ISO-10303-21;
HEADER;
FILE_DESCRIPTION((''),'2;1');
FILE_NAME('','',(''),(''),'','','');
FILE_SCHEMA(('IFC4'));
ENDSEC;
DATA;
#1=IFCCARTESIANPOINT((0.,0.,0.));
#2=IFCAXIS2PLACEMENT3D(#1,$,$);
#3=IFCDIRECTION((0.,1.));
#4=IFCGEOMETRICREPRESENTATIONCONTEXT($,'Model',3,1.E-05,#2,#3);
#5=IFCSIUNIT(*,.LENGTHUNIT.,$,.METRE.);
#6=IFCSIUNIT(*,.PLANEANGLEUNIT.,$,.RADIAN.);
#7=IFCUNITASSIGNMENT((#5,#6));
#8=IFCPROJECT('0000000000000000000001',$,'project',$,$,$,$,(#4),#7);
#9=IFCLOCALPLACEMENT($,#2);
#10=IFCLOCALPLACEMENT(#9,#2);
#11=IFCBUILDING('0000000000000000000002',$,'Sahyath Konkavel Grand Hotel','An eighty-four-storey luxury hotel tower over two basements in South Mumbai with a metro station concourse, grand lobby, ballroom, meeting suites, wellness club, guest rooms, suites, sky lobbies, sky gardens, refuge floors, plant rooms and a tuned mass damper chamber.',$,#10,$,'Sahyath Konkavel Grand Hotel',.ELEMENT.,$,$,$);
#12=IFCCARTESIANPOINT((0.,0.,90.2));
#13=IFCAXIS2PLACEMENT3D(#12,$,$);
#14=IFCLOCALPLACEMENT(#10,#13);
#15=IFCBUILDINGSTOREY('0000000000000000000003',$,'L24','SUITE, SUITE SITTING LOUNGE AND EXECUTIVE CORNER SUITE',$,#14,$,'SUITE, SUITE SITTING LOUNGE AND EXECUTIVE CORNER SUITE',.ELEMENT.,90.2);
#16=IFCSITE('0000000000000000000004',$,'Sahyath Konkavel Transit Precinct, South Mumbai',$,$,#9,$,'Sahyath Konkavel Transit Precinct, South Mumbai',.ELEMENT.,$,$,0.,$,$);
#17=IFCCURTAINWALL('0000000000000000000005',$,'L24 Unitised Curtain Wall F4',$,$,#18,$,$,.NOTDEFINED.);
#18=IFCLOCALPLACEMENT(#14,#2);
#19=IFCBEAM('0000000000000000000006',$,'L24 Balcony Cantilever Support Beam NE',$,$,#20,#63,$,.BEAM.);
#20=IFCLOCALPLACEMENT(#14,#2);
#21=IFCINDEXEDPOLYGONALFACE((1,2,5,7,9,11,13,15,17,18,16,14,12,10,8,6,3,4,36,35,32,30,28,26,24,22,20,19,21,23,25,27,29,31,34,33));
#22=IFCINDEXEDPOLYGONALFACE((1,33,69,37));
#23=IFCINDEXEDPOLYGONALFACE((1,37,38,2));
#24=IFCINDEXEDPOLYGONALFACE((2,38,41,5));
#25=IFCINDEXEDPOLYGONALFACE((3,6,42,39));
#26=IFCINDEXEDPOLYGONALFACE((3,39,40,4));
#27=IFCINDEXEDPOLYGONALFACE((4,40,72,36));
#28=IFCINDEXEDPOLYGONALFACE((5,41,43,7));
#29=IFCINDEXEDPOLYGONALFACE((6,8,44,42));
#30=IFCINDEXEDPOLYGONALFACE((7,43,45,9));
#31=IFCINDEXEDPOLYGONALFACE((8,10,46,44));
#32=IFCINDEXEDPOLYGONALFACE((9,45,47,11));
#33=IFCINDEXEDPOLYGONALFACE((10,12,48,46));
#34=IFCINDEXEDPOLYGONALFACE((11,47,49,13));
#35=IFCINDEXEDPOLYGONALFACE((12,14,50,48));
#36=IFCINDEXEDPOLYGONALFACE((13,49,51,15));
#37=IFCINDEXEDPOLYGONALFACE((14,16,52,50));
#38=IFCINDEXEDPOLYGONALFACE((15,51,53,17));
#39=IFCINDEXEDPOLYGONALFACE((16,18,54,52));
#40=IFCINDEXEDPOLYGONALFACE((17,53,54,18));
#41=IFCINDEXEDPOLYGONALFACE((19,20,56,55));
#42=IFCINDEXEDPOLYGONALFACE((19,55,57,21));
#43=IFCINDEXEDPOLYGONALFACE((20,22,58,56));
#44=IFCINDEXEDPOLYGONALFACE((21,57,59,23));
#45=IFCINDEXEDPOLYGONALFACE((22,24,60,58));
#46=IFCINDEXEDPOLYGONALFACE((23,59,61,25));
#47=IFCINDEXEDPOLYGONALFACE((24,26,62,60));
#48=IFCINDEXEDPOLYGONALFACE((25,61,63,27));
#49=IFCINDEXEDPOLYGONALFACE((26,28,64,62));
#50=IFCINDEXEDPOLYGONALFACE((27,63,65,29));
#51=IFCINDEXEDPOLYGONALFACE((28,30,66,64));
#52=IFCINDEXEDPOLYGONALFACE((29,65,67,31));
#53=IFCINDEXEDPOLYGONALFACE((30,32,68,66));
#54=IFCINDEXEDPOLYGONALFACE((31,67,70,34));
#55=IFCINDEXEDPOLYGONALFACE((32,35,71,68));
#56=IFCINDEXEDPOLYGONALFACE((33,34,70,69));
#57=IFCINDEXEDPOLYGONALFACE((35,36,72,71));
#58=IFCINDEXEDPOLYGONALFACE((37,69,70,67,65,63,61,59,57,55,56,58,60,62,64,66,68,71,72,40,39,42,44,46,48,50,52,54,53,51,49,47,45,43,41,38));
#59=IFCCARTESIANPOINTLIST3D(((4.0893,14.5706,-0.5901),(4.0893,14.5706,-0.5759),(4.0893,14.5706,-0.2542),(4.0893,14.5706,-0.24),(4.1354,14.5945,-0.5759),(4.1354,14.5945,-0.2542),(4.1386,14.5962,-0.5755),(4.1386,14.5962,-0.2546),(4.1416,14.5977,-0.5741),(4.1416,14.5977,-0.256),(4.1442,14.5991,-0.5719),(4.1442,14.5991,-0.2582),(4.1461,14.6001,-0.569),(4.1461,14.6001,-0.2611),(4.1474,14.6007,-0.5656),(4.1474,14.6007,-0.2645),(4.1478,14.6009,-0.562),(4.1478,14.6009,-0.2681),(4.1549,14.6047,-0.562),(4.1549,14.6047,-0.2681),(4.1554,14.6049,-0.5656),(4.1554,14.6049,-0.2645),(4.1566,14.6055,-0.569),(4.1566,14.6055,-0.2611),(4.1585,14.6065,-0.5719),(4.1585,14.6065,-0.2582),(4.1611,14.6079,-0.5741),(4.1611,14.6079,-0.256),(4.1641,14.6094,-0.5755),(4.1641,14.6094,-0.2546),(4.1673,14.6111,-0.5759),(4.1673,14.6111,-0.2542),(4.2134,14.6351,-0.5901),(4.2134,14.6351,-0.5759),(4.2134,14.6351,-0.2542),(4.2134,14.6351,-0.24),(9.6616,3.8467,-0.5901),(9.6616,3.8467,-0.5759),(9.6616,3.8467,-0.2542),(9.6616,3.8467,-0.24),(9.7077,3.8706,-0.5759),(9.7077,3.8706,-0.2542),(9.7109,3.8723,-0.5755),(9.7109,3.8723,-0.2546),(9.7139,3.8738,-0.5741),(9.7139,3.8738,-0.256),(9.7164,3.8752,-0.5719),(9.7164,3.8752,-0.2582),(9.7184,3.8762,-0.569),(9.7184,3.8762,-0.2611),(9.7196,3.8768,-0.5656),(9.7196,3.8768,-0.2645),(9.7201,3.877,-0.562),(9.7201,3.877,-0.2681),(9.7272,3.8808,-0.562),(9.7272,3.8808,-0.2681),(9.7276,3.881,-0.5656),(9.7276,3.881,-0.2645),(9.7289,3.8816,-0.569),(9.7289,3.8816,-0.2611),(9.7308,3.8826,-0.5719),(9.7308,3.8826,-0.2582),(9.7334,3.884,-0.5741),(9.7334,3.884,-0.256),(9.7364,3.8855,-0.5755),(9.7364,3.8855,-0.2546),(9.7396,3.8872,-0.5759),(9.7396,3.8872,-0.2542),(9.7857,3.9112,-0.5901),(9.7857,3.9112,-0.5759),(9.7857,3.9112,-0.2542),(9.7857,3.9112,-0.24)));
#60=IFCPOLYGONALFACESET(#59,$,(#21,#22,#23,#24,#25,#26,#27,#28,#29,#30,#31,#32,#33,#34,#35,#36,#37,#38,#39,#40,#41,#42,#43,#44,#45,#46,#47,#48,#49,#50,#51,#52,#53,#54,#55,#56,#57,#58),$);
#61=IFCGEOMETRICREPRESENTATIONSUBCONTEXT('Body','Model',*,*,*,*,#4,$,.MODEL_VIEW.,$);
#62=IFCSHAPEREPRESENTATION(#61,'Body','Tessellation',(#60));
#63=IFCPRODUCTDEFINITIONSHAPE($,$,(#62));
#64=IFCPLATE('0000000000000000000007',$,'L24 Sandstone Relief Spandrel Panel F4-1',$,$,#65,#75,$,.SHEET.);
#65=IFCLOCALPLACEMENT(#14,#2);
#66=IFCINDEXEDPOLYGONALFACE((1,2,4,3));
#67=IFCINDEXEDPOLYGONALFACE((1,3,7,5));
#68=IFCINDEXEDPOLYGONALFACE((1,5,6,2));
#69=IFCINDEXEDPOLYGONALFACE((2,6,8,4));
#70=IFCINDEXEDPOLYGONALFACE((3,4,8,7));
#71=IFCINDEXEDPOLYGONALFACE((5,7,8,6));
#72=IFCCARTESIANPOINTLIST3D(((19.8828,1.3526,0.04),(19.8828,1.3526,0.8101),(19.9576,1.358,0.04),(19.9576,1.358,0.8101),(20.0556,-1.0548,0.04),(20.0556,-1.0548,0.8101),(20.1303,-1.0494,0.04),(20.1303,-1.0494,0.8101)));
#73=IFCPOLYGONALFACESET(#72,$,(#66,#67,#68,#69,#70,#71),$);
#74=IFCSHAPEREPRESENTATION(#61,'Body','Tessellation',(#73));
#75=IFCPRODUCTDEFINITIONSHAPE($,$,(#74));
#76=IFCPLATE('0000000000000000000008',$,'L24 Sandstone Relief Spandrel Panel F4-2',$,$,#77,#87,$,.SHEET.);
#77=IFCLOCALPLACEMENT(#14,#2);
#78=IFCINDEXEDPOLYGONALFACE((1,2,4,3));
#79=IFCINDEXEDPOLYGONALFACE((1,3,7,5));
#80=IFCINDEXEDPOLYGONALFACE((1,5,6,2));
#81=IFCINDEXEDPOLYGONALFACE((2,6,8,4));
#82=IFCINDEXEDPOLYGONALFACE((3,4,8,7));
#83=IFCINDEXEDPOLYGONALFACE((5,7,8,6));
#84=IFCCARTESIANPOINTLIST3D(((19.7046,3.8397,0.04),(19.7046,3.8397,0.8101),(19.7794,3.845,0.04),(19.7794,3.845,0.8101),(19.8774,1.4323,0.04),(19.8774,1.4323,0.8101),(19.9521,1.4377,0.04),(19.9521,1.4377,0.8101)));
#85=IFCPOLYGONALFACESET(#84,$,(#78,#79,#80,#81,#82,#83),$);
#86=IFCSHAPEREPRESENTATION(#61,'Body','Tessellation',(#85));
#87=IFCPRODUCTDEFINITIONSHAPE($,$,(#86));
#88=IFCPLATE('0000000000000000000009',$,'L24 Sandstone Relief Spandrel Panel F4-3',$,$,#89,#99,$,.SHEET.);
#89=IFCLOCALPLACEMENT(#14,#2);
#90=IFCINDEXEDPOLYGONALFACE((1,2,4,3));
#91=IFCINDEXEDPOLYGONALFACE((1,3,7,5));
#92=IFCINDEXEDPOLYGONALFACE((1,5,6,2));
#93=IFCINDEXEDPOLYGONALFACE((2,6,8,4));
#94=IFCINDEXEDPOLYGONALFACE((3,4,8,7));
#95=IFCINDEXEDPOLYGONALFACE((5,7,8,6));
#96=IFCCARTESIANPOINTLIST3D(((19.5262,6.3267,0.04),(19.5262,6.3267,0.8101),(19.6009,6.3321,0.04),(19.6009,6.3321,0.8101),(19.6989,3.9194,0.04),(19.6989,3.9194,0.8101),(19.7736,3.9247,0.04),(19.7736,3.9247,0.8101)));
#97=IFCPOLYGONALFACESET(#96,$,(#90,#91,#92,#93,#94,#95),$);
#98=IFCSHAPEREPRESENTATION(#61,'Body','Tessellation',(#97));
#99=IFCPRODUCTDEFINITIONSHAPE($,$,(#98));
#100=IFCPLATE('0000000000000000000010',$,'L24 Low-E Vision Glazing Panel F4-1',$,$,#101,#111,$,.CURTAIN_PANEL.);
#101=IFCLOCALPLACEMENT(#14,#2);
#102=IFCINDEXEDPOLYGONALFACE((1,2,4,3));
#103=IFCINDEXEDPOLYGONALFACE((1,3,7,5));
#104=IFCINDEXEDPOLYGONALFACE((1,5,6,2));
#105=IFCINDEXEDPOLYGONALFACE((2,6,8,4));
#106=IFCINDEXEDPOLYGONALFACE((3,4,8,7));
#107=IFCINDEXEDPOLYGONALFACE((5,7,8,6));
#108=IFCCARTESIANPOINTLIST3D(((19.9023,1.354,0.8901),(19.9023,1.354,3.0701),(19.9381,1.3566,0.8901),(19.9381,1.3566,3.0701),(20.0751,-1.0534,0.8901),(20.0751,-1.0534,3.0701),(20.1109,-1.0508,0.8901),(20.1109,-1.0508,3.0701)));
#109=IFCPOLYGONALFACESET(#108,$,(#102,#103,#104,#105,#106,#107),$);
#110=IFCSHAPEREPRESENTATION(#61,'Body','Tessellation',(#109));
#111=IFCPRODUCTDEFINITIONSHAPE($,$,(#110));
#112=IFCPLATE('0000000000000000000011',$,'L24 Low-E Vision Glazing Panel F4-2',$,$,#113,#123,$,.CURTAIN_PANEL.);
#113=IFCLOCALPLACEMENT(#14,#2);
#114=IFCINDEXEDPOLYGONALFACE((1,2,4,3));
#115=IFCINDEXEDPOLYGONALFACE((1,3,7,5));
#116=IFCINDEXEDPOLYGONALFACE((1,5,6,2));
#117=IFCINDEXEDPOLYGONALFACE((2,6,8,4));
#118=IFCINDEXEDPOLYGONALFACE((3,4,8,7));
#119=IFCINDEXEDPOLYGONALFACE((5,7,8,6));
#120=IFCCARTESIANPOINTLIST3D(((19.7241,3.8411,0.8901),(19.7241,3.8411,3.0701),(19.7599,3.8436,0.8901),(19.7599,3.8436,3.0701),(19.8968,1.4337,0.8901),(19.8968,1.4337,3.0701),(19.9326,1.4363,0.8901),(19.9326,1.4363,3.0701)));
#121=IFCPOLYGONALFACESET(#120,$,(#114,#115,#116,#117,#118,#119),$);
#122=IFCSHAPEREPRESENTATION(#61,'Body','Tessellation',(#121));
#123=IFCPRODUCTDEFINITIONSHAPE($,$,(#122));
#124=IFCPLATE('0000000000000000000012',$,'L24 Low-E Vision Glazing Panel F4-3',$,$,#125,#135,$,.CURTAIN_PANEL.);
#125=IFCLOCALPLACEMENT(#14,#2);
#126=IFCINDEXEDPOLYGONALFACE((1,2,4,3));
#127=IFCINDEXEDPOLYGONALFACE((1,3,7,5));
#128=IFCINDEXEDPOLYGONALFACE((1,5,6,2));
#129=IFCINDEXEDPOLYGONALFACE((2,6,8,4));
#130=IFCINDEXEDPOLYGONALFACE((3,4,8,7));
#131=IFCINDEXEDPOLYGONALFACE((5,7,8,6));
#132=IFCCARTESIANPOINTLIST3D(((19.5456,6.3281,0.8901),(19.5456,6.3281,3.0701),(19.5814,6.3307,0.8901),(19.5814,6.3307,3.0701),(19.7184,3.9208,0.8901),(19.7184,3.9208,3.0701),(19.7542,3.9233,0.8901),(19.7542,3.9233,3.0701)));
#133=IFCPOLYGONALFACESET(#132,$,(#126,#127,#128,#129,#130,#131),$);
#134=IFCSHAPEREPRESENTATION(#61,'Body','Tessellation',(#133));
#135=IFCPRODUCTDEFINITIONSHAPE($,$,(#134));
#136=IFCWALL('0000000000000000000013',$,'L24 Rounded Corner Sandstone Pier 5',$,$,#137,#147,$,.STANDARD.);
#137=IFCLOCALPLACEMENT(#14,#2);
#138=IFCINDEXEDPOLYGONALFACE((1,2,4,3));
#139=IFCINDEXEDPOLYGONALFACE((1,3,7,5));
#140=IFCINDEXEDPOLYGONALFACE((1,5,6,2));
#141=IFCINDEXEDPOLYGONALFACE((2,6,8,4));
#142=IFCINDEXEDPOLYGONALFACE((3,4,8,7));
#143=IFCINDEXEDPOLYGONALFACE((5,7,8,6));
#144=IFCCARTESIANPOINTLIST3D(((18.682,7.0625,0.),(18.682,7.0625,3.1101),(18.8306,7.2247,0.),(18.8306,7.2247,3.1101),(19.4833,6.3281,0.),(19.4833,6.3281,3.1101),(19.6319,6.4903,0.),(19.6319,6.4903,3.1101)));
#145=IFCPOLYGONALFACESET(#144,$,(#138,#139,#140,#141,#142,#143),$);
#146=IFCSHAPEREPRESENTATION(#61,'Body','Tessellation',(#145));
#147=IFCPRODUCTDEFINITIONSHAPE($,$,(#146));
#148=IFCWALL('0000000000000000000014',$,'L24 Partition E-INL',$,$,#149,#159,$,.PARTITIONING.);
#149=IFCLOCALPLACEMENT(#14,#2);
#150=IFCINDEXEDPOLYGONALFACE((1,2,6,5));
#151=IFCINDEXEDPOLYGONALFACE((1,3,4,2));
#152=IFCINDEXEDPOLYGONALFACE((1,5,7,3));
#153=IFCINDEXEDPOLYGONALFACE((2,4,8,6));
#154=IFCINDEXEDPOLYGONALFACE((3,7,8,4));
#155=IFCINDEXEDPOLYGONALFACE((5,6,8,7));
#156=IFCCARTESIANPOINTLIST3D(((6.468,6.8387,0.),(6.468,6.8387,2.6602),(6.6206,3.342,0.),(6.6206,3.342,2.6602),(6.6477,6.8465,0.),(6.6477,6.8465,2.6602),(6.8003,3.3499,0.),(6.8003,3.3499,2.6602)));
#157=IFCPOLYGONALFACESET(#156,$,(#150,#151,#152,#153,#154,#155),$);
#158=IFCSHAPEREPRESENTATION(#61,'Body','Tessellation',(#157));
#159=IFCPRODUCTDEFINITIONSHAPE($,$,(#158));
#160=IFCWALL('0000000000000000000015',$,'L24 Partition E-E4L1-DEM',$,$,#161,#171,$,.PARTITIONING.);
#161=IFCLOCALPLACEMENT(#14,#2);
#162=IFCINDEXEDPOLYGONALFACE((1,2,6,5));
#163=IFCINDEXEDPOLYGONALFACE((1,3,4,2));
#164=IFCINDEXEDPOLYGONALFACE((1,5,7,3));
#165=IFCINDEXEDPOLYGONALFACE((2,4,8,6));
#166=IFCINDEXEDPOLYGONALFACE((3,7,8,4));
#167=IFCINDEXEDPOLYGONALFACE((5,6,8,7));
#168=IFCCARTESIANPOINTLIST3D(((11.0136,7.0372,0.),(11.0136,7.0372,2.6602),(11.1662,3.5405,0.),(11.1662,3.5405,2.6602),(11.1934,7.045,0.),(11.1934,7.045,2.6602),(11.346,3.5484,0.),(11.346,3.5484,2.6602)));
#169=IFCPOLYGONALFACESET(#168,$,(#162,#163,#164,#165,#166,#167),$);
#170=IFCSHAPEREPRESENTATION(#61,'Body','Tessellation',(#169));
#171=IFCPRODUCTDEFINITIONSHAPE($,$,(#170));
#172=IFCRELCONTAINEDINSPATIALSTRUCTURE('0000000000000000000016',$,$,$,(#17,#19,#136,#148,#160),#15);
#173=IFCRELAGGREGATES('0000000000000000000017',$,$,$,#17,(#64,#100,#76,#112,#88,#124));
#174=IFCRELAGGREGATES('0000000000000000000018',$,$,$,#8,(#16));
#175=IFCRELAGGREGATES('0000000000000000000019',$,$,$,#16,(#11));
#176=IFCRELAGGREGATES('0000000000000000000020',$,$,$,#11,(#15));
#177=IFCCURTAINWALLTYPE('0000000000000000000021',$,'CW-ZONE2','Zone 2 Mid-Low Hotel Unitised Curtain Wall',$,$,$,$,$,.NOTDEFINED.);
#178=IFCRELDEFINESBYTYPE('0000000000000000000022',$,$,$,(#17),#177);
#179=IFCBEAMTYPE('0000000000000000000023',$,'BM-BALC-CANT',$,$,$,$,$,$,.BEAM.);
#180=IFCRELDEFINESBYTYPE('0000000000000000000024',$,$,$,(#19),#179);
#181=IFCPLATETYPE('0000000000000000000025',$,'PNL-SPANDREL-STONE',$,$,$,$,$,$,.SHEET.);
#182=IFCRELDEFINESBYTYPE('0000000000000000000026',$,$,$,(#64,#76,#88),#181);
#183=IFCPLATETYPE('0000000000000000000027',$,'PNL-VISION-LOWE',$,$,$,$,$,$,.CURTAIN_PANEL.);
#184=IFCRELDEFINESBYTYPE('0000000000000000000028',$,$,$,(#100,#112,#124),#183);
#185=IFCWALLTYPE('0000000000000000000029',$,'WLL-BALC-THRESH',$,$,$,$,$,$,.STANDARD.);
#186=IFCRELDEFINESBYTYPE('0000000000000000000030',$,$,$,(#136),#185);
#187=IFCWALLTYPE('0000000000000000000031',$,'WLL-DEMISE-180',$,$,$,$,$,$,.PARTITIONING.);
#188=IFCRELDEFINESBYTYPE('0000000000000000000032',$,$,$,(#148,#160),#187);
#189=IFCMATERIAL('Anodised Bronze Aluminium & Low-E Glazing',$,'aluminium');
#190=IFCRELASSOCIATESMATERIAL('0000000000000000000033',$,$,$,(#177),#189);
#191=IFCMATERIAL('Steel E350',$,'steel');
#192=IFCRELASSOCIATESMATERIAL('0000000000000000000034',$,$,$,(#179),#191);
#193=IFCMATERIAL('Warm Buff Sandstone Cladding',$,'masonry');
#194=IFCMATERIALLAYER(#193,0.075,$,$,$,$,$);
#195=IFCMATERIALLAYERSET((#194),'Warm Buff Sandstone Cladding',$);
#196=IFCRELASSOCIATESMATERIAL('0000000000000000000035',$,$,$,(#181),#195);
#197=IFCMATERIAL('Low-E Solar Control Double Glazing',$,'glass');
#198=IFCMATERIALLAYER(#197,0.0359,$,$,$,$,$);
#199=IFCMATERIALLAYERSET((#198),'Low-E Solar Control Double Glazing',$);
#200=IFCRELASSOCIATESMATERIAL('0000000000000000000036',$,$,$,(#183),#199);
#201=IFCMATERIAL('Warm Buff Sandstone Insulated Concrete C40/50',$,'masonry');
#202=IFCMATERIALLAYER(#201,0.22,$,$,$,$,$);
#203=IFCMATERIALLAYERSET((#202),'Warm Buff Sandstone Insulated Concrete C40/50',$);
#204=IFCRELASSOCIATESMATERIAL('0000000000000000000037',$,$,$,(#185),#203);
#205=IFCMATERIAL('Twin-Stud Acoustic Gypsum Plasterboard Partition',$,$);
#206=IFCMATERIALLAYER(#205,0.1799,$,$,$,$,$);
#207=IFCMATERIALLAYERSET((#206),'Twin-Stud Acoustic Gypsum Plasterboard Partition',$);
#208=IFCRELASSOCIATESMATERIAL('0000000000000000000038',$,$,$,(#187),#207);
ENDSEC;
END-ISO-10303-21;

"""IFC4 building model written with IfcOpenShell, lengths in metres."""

from ifc_helpers import new_model, si_unit, direction, frame, frame_2d, origin, origin_2d, place, context, subcontext, project, spatial, rectangle, i_section, extrude, source, transform, mapped, material, layer, layer_set, material_profile, profile_set, type_object, element, aggregate, save


model = new_model("IFC4")

# Units and contexts
model_context = context("Model", 3, precision=1e-05, world=origin(), true_north=direction((0.0, 1.0)))
body_context = subcontext(model_context, "Body", "Model", "MODEL_VIEW")
ifc_project = project(units=[si_unit("LENGTHUNIT", "METRE"), si_unit("PLANEANGLEUNIT", "RADIAN")], contexts=[model_context])

# Site, building, storey
site_placement = place(None, origin())
site = spatial("IfcSite", under=ifc_project, at=site_placement, Name="Sahyath Konkavel Transit Precinct, South Mumbai", LongName="Sahyath Konkavel Transit Precinct, South Mumbai", CompositionType="ELEMENT", RefElevation=0.0)
building_placement = place(site_placement, origin())
building = spatial("IfcBuilding", under=site, at=building_placement, Name="Sahyath Konkavel Grand Hotel", Description="An eighty-four-storey luxury hotel tower over two basements in South Mumbai with a metro station concourse, grand lobby, ballroom, meeting suites, wellness club, guest rooms, suites, sky lobbies, sky gardens, refuge floors, plant rooms and a tuned mass damper chamber.", LongName="Sahyath Konkavel Grand Hotel", CompositionType="ELEMENT")
storey_placement = place(building_placement, frame((0.0, 0.0, 90.2)))
storey = spatial("IfcBuildingStorey", under=building, at=storey_placement, Name="L24", Description="SUITE, SUITE SITTING LOUNGE AND EXECUTIVE CORNER SUITE", LongName="SUITE, SUITE SITTING LOUNGE AND EXECUTIVE CORNER SUITE", CompositionType="ELEMENT", Elevation=90.2)

# Shared definitions
ifc_material_1 = material(Name="Steel E350", Category="steel")

# Curtain wall
ifc_material_2 = material(Name="Anodised Bronze Aluminium & Low-E Glazing", Category="aluminium")
curtain_wall_type = type_object("IfcCurtainWallType", Name="CW-ZONE2", Description="Zone 2 Mid-Low Hotel Unitised Curtain Wall", PredefinedType="NOTDEFINED", material=ifc_material_2)
curtain_wall_placement = place(storey_placement, origin())
curtain_wall = element("IfcCurtainWall", 1, at=curtain_wall_placement, inside=storey, type_object=curtain_wall_type, Name="L24 Unitised Curtain Wall F4", PredefinedType="NOTDEFINED")

# Beam
ifc_material_profile_1 = material_profile(ifc_material_1, i_section(OverallWidth=0.1399, OverallDepth=0.3501, WebThickness=0.0081, FlangeThickness=0.0142, FilletRadius=0.0139, at=origin_2d()), Name="ISMB 350")
ifc_profile_set_1 = profile_set([ifc_material_profile_1], Name="Steel E350")
beam_type_1 = type_object("IfcBeamType", Name="BM-BALC-CANT", PredefinedType="BEAM", material=ifc_profile_set_1)
shared_shape_1 = source(origin(), body_context, "Body", "SweptSolid", [
    extrude(i_section(OverallWidth=0.1399, OverallDepth=0.3501, WebThickness=0.0081, FlangeThickness=0.0142, FilletRadius=0.0139, at=origin_2d()), origin(), (0.0, 0.0, 1.0), 12.0852),
])
beam_1_placement = place(storey_placement, frame((9.7236, 3.8789, -0.415), z_axis=(-0.461082, 0.887357, 0.0), x_axis=(-0.887357, -0.461082, 0.0)))
element("IfcBeam", 2, at=beam_1_placement, inside=storey, type_object=beam_type_1, Name="L24 Balcony Cantilever Support Beam NE", PredefinedType="BEAM", context=body_context, shape_type="MappedRepresentation", body=[
    mapped(shared_shape_1, transform((0.0, 0.0, 0.0), scale=1.0)),
])

# Plates
ifc_material_3 = material(Name="Warm Buff Sandstone Cladding", Category="masonry")
ifc_layer_1 = layer(ifc_material_3, 0.075)
ifc_layer_set_1 = layer_set([ifc_layer_1], Name="Warm Buff Sandstone Cladding")
plate_type_1 = type_object("IfcPlateType", Name="PNL-SPANDREL-STONE", PredefinedType="SHEET", material=ifc_layer_set_1)
shared_shape_2 = source(origin(), body_context, "Body", "SweptSolid", [
    extrude(rectangle(XDim=2.4136, YDim=0.075, at=origin_2d()), origin(), (0.0, 0.0, 1.0), 0.77),
])
plate_1_placement = place(storey_placement, frame((20.0066, 0.1516, 0.04), z_axis=(0.0, 0.0, 1.0), x_axis=(-0.071567, 0.997436, 0.0)))
plate_1 = element("IfcPlate", 3, at=plate_1_placement, type_object=plate_type_1, Name="L24 Sandstone Relief Spandrel Panel F4-1", PredefinedType="SHEET", context=body_context, shape_type="MappedRepresentation", body=[
    mapped(shared_shape_2, transform((0.0, 0.0, 0.0), scale=1.0)),
])
plate_2_placement = place(storey_placement, frame((19.8284, 2.6387, 0.04), z_axis=(0.0, 0.0, 1.0), x_axis=(-0.071567, 0.997436, 0.0)))
plate_2 = element("IfcPlate", 4, at=plate_2_placement, type_object=plate_type_1, Name="L24 Sandstone Relief Spandrel Panel F4-2", PredefinedType="SHEET", context=body_context, shape_type="MappedRepresentation", body=[
    mapped(shared_shape_2, transform((0.0, 0.0, 0.0), scale=1.0)),
])
plate_3_placement = place(storey_placement, frame((19.6499, 5.1257, 0.04), z_axis=(0.0, 0.0, 1.0), x_axis=(-0.071567, 0.997436, 0.0)))
plate_3 = element("IfcPlate", 5, at=plate_3_placement, type_object=plate_type_1, Name="L24 Sandstone Relief Spandrel Panel F4-3", PredefinedType="SHEET", context=body_context, shape_type="MappedRepresentation", body=[
    mapped(shared_shape_2, transform((0.0, 0.0, 0.0), scale=1.0)),
])
ifc_material_4 = material(Name="Low-E Solar Control Double Glazing", Category="glass")
ifc_layer_2 = layer(ifc_material_4, 0.0359)
ifc_layer_set_2 = layer_set([ifc_layer_2], Name="Low-E Solar Control Double Glazing")
plate_type_2 = type_object("IfcPlateType", Name="PNL-VISION-LOWE", PredefinedType="CURTAIN_PANEL", material=ifc_layer_set_2)
shared_shape_3 = source(origin(), body_context, "Body", "SweptSolid", [
    extrude(rectangle(XDim=2.4136, YDim=0.0359, at=origin_2d()), origin(), (0.0, 0.0, 1.0), 2.1799),
])
plate_4_placement = place(storey_placement, frame((20.0066, 0.1516, 0.8901), z_axis=(0.0, 0.0, 1.0), x_axis=(-0.071567, 0.997436, 0.0)))
plate_4 = element("IfcPlate", 6, at=plate_4_placement, type_object=plate_type_2, Name="L24 Low-E Vision Glazing Panel F4-1", PredefinedType="CURTAIN_PANEL", context=body_context, shape_type="MappedRepresentation", body=[
    mapped(shared_shape_3, transform((0.0, 0.0, 0.0), scale=1.0)),
])
plate_5_placement = place(storey_placement, frame((19.8284, 2.6387, 0.8901), z_axis=(0.0, 0.0, 1.0), x_axis=(-0.071567, 0.997436, 0.0)))
plate_5 = element("IfcPlate", 7, at=plate_5_placement, type_object=plate_type_2, Name="L24 Low-E Vision Glazing Panel F4-2", PredefinedType="CURTAIN_PANEL", context=body_context, shape_type="MappedRepresentation", body=[
    mapped(shared_shape_3, transform((0.0, 0.0, 0.0), scale=1.0)),
])
plate_6_placement = place(storey_placement, frame((19.6499, 5.1257, 0.8901), z_axis=(0.0, 0.0, 1.0), x_axis=(-0.071567, 0.997436, 0.0)))
plate_6 = element("IfcPlate", 8, at=plate_6_placement, type_object=plate_type_2, Name="L24 Low-E Vision Glazing Panel F4-3", PredefinedType="CURTAIN_PANEL", context=body_context, shape_type="MappedRepresentation", body=[
    mapped(shared_shape_3, transform((0.0, 0.0, 0.0), scale=1.0)),
])
aggregate(curtain_wall, [plate_1, plate_4, plate_2, plate_5, plate_3, plate_6])

# Walls
ifc_material_5 = material(Name="Warm Buff Sandstone Insulated Concrete C40/50", Category="masonry")
ifc_layer_3 = layer(ifc_material_5, 0.22)
ifc_layer_set_3 = layer_set([ifc_layer_3], Name="Warm Buff Sandstone Insulated Concrete C40/50")
wall_type_1 = type_object("IfcWallType", Name="WLL-BALC-THRESH", PredefinedType="STANDARD", material=ifc_layer_set_3)
wall_1_placement = place(storey_placement, frame((19.5576, 6.4092, 0.0), z_axis=(0.0, 0.0, 1.0), x_axis=(-0.73721, 0.675664, 0.0)))
element("IfcWall", 9, at=wall_1_placement, inside=storey, type_object=wall_type_1, Name="L24 Rounded Corner Sandstone Pier 5", PredefinedType="STANDARD", context=body_context, shape_type="SweptSolid", body=[
    extrude(rectangle(XDim=1.0869, YDim=0.22, at=frame_2d((0.5435, 0.0))), origin(), (0.0, 0.0, 1.0), 3.1101),
])
ifc_material_6 = material(Name="Twin-Stud Acoustic Gypsum Plasterboard Partition")
ifc_layer_4 = layer(ifc_material_6, 0.1799)
ifc_layer_set_4 = layer_set([ifc_layer_4], Name="Twin-Stud Acoustic Gypsum Plasterboard Partition")
wall_type_2 = type_object("IfcWallType", Name="WLL-DEMISE-180", PredefinedType="PARTITIONING", material=ifc_layer_set_4)
for number, where, z_axis, x_axis, name in (
    (10, (6.7104, 3.3459, 0.0), (0.0, 0.0, 1.0), (-0.043598, 0.999049, 0.0), "L24 Partition E-INL"),
    (11, (11.2561, 3.5444, 0.0), (0.0, 0.0, 1.0), (-0.043598, 0.999049, 0.0), "L24 Partition E-E4L1-DEM"),
):
    element("IfcWall", number, at=place(storey_placement, frame(where, z_axis=z_axis, x_axis=x_axis)), inside=storey, type_object=wall_type_2, Name=name, PredefinedType="PARTITIONING", context=body_context, shape_type="SweptSolid", body=[
        extrude(rectangle(XDim=3.5, YDim=0.1799, at=frame_2d((1.75, 0.0))), origin(), (0.0, 0.0, 1.0), 2.6602),
    ])

save(model, "model.ifc")
